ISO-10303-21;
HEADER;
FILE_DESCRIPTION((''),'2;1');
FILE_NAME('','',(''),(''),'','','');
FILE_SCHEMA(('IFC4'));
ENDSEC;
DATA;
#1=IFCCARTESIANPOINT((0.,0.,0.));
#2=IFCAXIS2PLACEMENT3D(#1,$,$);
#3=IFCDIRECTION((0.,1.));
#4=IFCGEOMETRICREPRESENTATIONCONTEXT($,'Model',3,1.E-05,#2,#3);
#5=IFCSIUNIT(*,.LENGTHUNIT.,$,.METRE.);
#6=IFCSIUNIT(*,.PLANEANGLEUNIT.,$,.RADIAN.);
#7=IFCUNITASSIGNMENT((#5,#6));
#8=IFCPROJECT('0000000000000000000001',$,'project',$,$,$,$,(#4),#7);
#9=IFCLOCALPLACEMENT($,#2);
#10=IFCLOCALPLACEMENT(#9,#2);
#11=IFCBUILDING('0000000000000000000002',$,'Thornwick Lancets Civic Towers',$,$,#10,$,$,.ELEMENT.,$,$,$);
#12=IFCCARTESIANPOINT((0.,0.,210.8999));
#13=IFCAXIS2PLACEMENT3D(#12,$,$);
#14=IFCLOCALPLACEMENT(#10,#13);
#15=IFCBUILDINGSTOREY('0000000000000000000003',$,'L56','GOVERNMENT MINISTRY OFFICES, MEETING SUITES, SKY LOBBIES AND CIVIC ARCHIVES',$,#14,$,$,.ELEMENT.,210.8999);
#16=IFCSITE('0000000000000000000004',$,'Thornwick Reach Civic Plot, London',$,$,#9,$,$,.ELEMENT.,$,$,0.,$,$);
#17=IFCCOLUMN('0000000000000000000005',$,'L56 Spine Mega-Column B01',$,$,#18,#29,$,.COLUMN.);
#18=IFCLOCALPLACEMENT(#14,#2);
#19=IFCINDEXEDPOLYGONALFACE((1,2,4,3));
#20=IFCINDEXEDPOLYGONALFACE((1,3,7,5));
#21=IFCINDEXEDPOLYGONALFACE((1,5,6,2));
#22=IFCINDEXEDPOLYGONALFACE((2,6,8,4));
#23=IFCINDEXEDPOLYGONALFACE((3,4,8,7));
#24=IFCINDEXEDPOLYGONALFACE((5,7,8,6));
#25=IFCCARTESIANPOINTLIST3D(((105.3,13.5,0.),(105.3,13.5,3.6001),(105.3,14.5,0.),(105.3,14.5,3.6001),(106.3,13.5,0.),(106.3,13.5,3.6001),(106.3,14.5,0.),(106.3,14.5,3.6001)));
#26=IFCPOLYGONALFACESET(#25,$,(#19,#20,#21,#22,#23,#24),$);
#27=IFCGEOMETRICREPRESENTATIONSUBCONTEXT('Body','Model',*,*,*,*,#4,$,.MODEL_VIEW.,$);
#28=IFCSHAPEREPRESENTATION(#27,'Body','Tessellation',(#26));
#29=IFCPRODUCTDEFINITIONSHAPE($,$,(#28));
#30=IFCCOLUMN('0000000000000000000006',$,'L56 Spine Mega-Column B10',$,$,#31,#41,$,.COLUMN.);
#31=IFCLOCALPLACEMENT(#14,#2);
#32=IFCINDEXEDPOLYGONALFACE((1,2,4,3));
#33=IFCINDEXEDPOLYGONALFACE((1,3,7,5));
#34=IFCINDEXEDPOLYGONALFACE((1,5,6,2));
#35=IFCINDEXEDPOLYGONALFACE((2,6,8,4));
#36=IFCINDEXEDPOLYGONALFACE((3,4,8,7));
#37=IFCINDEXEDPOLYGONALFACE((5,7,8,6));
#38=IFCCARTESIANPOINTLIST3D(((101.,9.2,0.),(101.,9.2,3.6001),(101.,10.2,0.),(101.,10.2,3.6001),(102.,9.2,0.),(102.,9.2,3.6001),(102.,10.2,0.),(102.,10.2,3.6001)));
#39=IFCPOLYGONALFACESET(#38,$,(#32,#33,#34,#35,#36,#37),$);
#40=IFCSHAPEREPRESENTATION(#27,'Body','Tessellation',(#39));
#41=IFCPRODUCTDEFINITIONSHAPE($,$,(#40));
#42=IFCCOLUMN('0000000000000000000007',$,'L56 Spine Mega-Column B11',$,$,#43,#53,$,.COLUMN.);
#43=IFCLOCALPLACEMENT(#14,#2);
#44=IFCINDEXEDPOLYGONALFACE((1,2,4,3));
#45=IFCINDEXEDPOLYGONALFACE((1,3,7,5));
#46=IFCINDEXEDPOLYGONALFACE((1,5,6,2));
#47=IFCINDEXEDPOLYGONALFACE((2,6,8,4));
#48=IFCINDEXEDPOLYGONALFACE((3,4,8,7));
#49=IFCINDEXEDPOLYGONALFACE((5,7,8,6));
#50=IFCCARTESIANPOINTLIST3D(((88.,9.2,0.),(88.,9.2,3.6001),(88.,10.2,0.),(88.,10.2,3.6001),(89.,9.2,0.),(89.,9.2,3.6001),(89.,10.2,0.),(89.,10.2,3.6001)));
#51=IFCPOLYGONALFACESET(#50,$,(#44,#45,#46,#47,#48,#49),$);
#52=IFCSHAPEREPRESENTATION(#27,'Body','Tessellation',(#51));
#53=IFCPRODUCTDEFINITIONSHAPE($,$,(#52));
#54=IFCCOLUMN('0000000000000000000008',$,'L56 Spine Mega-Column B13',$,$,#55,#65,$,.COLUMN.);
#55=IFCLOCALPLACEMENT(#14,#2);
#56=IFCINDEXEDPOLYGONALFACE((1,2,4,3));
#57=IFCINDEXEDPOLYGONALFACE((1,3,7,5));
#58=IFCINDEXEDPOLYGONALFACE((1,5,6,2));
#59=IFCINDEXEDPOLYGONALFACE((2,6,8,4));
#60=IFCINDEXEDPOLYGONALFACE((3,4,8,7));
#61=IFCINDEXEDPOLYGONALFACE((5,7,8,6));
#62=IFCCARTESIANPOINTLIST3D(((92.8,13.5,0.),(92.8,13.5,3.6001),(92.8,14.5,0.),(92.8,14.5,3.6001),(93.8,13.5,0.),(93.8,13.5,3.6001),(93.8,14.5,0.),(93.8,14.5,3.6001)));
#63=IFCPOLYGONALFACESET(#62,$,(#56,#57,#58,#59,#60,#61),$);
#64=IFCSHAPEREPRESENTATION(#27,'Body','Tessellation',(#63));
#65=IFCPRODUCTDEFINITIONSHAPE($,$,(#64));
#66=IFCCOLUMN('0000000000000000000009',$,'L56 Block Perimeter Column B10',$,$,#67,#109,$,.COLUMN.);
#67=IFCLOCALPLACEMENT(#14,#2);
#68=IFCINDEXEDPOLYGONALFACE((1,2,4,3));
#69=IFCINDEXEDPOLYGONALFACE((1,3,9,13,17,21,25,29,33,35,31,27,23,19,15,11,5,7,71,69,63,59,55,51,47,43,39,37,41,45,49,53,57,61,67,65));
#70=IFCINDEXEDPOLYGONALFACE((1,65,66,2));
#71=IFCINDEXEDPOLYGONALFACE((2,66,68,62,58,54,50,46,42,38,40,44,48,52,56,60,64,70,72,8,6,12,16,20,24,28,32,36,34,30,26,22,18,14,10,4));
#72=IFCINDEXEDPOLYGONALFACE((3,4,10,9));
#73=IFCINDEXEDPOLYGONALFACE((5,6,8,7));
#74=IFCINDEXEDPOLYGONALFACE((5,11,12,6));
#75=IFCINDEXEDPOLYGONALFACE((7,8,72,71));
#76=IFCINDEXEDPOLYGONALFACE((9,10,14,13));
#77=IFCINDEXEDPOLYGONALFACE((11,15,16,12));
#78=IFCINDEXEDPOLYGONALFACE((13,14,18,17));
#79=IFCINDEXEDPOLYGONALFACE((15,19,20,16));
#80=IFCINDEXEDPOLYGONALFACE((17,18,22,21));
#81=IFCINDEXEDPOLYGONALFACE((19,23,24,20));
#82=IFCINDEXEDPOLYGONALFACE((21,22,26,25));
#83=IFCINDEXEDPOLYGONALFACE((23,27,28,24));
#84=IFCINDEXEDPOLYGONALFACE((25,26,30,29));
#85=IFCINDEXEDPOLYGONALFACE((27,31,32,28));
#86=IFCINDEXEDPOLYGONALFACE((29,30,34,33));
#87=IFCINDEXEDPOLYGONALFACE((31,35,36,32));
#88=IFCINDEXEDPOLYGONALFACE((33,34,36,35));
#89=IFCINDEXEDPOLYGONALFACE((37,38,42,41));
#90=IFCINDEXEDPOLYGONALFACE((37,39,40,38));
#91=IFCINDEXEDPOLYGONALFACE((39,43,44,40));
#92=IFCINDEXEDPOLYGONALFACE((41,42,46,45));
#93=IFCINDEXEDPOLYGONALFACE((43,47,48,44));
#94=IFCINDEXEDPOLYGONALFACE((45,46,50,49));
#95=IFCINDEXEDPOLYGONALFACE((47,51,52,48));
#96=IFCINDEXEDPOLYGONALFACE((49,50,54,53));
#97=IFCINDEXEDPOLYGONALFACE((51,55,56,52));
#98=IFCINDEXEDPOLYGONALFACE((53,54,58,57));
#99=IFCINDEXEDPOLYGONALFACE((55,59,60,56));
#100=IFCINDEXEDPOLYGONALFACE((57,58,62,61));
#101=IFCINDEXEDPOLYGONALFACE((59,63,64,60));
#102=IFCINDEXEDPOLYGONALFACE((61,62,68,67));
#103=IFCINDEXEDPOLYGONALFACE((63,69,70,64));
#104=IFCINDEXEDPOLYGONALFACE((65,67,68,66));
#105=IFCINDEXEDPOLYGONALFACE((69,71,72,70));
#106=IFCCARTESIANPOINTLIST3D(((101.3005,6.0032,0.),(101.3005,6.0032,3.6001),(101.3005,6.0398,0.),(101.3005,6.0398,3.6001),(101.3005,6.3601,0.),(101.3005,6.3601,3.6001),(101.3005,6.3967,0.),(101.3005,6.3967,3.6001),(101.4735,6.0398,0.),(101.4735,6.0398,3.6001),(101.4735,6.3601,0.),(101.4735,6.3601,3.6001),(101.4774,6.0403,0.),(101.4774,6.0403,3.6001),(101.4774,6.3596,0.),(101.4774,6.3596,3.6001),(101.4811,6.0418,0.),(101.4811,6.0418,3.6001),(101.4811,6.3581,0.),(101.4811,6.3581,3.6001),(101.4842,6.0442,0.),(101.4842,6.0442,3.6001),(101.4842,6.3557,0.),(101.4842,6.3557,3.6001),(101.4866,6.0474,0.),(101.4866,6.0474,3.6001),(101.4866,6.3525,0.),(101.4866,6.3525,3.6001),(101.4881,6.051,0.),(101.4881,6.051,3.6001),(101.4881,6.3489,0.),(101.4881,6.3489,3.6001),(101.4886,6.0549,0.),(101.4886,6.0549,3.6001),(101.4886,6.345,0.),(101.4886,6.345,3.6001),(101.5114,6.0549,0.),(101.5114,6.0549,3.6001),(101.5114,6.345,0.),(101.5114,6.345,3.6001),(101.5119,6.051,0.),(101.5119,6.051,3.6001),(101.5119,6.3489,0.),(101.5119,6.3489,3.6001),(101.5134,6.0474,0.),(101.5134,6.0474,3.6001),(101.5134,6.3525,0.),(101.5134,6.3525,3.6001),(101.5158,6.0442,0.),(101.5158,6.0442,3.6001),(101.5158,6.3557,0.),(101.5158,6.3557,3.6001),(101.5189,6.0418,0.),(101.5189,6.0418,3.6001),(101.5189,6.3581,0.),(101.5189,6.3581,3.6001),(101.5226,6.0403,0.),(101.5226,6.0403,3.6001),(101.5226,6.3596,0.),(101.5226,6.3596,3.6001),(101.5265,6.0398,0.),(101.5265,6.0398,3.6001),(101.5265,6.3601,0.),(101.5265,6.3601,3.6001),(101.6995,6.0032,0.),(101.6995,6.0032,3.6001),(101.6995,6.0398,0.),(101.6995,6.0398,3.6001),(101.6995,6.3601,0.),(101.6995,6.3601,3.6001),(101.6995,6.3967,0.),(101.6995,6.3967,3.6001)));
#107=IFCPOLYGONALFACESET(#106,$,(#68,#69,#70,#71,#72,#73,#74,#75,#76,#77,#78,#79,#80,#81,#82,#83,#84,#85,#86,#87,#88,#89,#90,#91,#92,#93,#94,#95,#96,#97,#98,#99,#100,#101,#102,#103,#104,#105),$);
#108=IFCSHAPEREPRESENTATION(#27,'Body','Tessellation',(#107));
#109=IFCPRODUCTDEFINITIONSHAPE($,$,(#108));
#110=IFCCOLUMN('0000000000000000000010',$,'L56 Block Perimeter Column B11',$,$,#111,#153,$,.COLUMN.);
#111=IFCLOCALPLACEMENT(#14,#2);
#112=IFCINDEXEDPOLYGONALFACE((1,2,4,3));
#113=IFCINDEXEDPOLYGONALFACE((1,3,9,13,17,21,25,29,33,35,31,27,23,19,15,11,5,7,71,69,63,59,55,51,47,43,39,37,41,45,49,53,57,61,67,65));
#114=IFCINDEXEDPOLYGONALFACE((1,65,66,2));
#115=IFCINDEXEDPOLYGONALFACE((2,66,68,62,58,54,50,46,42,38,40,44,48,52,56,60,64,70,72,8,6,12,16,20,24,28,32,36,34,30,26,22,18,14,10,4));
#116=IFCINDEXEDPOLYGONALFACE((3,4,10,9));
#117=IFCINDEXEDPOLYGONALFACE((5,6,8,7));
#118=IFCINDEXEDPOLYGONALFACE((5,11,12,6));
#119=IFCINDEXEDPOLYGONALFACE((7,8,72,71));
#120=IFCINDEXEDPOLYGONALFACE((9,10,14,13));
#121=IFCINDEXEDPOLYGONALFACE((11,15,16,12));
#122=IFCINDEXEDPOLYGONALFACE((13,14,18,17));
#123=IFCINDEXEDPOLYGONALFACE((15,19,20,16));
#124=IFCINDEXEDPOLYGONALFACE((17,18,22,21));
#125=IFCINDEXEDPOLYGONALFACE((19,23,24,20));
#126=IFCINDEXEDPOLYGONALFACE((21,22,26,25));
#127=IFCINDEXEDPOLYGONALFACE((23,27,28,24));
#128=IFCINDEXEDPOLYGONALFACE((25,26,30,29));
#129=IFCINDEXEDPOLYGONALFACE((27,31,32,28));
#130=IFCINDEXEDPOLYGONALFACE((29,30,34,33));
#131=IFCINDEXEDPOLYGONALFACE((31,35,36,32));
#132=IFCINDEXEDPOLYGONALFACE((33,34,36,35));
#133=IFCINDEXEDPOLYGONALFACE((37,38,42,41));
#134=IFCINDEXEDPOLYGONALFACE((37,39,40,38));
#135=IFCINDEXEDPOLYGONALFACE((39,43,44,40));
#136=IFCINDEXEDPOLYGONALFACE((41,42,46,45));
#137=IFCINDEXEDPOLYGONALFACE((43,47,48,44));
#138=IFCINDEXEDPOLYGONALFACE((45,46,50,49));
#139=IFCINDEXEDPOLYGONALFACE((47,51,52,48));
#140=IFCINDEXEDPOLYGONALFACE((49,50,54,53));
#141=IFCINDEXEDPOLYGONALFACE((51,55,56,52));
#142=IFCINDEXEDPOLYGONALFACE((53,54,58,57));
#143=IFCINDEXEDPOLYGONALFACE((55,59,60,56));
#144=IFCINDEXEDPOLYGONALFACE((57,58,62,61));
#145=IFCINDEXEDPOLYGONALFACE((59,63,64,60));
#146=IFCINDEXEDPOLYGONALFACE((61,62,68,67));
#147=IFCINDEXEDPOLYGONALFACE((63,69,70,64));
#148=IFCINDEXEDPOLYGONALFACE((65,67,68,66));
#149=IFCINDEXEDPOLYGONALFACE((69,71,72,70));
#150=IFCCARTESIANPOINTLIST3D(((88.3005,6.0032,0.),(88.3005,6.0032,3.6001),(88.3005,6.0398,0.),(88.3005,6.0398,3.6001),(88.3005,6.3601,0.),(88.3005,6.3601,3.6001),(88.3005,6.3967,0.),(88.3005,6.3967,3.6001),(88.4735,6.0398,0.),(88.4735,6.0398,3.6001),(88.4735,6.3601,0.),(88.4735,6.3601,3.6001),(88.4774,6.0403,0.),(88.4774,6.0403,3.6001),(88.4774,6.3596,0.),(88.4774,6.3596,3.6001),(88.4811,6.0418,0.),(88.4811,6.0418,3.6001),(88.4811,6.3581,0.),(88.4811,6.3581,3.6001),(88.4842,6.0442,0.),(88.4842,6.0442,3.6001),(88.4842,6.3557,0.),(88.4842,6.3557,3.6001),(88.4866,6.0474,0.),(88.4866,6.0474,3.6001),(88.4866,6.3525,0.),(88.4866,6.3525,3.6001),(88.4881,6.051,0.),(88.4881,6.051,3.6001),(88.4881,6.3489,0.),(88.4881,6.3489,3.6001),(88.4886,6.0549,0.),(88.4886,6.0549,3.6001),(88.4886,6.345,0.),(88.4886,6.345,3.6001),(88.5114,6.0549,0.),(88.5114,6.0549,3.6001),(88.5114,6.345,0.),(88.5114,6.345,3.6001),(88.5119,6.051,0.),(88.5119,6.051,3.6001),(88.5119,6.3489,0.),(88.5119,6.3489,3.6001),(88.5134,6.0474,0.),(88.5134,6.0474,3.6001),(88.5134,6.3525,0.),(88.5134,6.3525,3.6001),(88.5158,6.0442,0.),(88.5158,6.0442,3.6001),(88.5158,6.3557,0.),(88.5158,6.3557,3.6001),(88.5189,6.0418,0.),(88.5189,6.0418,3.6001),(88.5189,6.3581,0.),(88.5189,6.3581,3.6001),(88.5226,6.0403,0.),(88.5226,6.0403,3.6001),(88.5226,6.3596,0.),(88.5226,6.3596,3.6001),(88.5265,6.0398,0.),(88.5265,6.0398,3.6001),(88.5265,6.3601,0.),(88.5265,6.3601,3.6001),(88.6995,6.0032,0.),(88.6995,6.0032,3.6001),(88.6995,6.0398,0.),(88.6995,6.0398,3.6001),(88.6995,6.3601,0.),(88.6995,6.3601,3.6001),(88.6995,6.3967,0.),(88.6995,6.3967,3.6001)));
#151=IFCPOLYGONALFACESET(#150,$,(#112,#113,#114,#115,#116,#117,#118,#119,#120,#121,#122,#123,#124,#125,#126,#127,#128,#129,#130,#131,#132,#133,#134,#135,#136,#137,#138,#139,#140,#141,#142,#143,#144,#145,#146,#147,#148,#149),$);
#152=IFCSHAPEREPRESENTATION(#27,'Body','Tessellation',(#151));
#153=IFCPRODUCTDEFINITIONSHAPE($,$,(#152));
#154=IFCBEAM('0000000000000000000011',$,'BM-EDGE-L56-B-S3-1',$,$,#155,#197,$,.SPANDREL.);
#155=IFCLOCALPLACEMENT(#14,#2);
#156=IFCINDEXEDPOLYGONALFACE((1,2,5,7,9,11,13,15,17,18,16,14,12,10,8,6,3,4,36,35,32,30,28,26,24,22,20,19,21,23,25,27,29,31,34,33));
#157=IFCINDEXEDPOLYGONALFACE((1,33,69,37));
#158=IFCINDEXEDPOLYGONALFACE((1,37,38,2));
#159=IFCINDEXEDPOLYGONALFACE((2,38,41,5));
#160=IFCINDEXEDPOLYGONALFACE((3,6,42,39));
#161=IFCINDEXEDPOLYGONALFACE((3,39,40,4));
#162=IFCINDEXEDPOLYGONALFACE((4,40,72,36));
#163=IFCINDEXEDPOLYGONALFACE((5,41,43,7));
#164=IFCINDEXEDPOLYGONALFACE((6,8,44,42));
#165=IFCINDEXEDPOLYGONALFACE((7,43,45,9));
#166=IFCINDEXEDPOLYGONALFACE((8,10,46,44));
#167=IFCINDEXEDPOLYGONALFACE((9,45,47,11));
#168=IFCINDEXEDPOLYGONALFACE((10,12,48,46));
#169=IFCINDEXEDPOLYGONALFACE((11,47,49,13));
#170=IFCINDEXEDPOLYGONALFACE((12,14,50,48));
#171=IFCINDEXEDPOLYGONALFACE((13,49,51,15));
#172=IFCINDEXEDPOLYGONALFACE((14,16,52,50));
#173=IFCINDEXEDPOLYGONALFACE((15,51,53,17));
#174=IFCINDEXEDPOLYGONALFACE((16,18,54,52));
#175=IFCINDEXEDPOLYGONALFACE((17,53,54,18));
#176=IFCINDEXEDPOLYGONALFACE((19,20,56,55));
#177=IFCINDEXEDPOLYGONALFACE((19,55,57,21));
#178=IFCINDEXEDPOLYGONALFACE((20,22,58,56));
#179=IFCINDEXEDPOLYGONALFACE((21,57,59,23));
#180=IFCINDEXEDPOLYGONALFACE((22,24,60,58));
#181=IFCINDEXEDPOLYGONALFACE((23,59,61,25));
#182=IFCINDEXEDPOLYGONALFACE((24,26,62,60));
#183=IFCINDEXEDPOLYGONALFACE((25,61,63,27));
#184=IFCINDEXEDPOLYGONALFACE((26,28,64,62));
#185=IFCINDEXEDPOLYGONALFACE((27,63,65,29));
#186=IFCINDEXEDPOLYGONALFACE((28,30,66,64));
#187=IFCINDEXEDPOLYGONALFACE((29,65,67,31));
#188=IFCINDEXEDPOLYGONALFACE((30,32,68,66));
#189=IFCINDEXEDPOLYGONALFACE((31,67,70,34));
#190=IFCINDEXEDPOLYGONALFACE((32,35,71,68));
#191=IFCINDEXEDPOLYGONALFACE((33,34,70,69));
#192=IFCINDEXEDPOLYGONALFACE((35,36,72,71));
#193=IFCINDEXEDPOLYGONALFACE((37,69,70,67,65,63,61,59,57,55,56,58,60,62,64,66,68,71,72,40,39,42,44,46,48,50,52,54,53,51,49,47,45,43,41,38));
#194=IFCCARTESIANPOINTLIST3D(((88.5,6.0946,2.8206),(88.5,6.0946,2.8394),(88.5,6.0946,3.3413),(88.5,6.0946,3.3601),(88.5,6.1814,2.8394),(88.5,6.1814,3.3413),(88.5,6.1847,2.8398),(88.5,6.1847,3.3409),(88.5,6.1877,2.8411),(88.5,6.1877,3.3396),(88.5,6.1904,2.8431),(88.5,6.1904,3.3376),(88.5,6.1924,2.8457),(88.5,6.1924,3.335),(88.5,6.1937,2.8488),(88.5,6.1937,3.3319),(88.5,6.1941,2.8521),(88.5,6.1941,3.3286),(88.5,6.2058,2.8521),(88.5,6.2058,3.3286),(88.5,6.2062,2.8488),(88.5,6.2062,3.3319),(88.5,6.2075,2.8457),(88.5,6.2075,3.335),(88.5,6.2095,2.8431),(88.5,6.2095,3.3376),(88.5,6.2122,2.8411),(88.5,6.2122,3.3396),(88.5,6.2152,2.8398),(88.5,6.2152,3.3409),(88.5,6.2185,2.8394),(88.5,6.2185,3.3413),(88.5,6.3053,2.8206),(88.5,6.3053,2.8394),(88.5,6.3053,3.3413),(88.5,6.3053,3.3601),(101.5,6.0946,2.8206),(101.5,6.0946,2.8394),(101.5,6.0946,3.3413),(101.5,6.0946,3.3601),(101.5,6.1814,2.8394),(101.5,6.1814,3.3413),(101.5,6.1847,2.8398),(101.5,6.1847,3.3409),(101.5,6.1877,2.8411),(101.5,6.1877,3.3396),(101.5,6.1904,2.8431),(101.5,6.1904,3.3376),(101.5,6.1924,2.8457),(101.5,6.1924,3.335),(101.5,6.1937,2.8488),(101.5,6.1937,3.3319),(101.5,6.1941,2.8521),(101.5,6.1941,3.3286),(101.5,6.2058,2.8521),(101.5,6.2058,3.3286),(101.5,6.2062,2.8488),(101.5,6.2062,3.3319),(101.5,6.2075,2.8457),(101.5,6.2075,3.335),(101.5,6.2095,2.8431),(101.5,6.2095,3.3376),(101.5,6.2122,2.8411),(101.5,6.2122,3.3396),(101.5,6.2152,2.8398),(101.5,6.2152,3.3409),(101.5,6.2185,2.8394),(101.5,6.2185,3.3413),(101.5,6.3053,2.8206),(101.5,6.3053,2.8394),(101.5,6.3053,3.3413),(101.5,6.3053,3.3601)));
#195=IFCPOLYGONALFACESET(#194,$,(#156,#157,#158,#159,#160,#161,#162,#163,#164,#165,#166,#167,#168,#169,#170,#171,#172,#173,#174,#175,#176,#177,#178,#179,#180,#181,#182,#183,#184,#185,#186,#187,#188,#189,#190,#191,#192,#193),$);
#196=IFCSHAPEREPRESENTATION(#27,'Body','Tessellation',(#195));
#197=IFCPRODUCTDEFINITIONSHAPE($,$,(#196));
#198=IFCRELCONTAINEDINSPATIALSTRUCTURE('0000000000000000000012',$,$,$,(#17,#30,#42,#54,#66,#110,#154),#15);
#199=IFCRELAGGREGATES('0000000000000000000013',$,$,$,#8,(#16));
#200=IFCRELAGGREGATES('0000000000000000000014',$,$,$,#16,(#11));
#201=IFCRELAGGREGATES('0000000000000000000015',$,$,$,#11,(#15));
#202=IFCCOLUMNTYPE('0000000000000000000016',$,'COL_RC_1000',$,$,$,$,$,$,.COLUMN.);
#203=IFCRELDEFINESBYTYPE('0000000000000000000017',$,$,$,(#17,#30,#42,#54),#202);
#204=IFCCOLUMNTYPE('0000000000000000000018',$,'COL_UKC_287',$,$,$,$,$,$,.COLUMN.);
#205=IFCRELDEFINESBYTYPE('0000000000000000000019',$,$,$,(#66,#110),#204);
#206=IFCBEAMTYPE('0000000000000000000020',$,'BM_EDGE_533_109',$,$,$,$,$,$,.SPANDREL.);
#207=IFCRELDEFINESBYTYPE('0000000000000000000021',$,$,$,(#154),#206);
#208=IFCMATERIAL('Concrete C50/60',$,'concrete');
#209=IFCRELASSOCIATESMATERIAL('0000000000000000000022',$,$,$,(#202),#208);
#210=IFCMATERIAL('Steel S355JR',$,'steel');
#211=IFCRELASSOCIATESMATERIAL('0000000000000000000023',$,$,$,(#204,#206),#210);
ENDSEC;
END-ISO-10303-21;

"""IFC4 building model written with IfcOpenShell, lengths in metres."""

from ifc_helpers import new_model, si_unit, direction, frame, origin, origin_2d, place, context, subcontext, project, spatial, rectangle, i_section, extrude, material, material_profile, profile_set, type_object, element, save


model = new_model("IFC4")

# Units and contexts
model_context = context("Model", 3, precision=1e-05, world=origin(), true_north=direction((0.0, 1.0)))
body_context = subcontext(model_context, "Body", "Model", "MODEL_VIEW")
ifc_project = project(units=[si_unit("LENGTHUNIT", "METRE"), si_unit("PLANEANGLEUNIT", "RADIAN")], contexts=[model_context])

# Site, building, storey
site_placement = place(None, origin())
site = spatial("IfcSite", under=ifc_project, at=site_placement, Name="Thornwick Reach Civic Plot, London", CompositionType="ELEMENT", RefElevation=0.0)
building_placement = place(site_placement, origin())
building = spatial("IfcBuilding", under=site, at=building_placement, Name="Thornwick Lancets Civic Towers", CompositionType="ELEMENT")
storey_placement = place(building_placement, frame((0.0, 0.0, 210.8999)))
storey = spatial("IfcBuildingStorey", under=building, at=storey_placement, Name="L56", Description="GOVERNMENT MINISTRY OFFICES, MEETING SUITES, SKY LOBBIES AND CIVIC ARCHIVES", CompositionType="ELEMENT", Elevation=210.8999)

# Columns
ifc_material_1 = material(Name="Concrete C50/60", Category="concrete")
ifc_material_profile_1 = material_profile(ifc_material_1, rectangle(XDim=1.0, YDim=1.0, at=origin_2d()), Name="RC 1000x1000")
ifc_profile_set_1 = profile_set([ifc_material_profile_1], Name="Concrete C50/60")
column_type_1 = type_object("IfcColumnType", Name="COL_RC_1000", PredefinedType="COLUMN", material=ifc_profile_set_1)
for number, where, z_axis, x_axis, name in (
    (1, (105.8, 14.0, 0.0), (0.0, 0.0, 1.0), (1.0, 0.0, 0.0), "L56 Spine Mega-Column B01"),
    (2, (101.5, 9.7, 0.0), (0.0, 0.0, 1.0), (1.0, 0.0, 0.0), "L56 Spine Mega-Column B10"),
    (3, (88.5, 9.7, 0.0), (0.0, 0.0, 1.0), (1.0, 0.0, 0.0), "L56 Spine Mega-Column B11"),
    (4, (93.3, 14.0, 0.0), (0.0, 0.0, 1.0), (1.0, 0.0, 0.0), "L56 Spine Mega-Column B13"),
):
    element("IfcColumn", number, at=place(storey_placement, frame(where, z_axis=z_axis, x_axis=x_axis)), inside=storey, type_object=column_type_1, Name=name, PredefinedType="COLUMN", context=body_context, shape_type="SweptSolid", body=[
        extrude(rectangle(XDim=1.0, YDim=1.0, at=origin_2d()), origin(), (0.0, 0.0, 1.0), 3.6001),
    ])
ifc_material_2 = material(Name="Steel S355JR", Category="steel")
ifc_material_profile_2 = material_profile(ifc_material_2, i_section(OverallWidth=0.3989, OverallDepth=0.3936, WebThickness=0.0227, FlangeThickness=0.0366, FilletRadius=0.0151, at=origin_2d()), Name="UKC 356x406x287")
ifc_profile_set_2 = profile_set([ifc_material_profile_2], Name="Steel S355JR")
column_type_2 = type_object("IfcColumnType", Name="COL_UKC_287", PredefinedType="COLUMN", material=ifc_profile_set_2)
for number, where, z_axis, x_axis, name in (
    (5, (101.5, 6.2, 0.0), (0.0, 0.0, 1.0), (1.0, 0.0, 0.0), "L56 Block Perimeter Column B10"),
    (6, (88.5, 6.2, 0.0), (0.0, 0.0, 1.0), (1.0, 0.0, 0.0), "L56 Block Perimeter Column B11"),
):
    element("IfcColumn", number, at=place(storey_placement, frame(where, z_axis=z_axis, x_axis=x_axis)), inside=storey, type_object=column_type_2, Name=name, PredefinedType="COLUMN", context=body_context, shape_type="SweptSolid", body=[
        extrude(i_section(OverallWidth=0.3989, OverallDepth=0.3936, WebThickness=0.0227, FlangeThickness=0.0366, FilletRadius=0.0151, at=origin_2d()), origin(), (0.0, 0.0, 1.0), 3.6001),
    ])

# Beam
ifc_material_profile_3 = material_profile(ifc_material_2, i_section(OverallWidth=0.2107, OverallDepth=0.5396, WebThickness=0.0117, FlangeThickness=0.0188, FilletRadius=0.0127, at=origin_2d()), Name="UKB 533x210x109")
ifc_profile_set_3 = profile_set([ifc_material_profile_3], Name="Steel S355JR")
beam_type_1 = type_object("IfcBeamType", Name="BM_EDGE_533_109", PredefinedType="SPANDREL", material=ifc_profile_set_3)
beam_1_placement = place(storey_placement, frame((101.5, 6.2, 3.0903), z_axis=(-1.0, 0.0, 0.0), x_axis=(0.0, -1.0, 0.0)))
element("IfcBeam", 7, at=beam_1_placement, inside=storey, type_object=beam_type_1, Name="BM-EDGE-L56-B-S3-1", PredefinedType="SPANDREL", context=body_context, shape_type="SweptSolid", body=[
    extrude(i_section(OverallWidth=0.2107, OverallDepth=0.5396, WebThickness=0.0117, FlangeThickness=0.0188, FilletRadius=0.0127, at=origin_2d()), origin(), (0.0, 0.0, 1.0), 13.0),
])

save(model, "model.ifc")
